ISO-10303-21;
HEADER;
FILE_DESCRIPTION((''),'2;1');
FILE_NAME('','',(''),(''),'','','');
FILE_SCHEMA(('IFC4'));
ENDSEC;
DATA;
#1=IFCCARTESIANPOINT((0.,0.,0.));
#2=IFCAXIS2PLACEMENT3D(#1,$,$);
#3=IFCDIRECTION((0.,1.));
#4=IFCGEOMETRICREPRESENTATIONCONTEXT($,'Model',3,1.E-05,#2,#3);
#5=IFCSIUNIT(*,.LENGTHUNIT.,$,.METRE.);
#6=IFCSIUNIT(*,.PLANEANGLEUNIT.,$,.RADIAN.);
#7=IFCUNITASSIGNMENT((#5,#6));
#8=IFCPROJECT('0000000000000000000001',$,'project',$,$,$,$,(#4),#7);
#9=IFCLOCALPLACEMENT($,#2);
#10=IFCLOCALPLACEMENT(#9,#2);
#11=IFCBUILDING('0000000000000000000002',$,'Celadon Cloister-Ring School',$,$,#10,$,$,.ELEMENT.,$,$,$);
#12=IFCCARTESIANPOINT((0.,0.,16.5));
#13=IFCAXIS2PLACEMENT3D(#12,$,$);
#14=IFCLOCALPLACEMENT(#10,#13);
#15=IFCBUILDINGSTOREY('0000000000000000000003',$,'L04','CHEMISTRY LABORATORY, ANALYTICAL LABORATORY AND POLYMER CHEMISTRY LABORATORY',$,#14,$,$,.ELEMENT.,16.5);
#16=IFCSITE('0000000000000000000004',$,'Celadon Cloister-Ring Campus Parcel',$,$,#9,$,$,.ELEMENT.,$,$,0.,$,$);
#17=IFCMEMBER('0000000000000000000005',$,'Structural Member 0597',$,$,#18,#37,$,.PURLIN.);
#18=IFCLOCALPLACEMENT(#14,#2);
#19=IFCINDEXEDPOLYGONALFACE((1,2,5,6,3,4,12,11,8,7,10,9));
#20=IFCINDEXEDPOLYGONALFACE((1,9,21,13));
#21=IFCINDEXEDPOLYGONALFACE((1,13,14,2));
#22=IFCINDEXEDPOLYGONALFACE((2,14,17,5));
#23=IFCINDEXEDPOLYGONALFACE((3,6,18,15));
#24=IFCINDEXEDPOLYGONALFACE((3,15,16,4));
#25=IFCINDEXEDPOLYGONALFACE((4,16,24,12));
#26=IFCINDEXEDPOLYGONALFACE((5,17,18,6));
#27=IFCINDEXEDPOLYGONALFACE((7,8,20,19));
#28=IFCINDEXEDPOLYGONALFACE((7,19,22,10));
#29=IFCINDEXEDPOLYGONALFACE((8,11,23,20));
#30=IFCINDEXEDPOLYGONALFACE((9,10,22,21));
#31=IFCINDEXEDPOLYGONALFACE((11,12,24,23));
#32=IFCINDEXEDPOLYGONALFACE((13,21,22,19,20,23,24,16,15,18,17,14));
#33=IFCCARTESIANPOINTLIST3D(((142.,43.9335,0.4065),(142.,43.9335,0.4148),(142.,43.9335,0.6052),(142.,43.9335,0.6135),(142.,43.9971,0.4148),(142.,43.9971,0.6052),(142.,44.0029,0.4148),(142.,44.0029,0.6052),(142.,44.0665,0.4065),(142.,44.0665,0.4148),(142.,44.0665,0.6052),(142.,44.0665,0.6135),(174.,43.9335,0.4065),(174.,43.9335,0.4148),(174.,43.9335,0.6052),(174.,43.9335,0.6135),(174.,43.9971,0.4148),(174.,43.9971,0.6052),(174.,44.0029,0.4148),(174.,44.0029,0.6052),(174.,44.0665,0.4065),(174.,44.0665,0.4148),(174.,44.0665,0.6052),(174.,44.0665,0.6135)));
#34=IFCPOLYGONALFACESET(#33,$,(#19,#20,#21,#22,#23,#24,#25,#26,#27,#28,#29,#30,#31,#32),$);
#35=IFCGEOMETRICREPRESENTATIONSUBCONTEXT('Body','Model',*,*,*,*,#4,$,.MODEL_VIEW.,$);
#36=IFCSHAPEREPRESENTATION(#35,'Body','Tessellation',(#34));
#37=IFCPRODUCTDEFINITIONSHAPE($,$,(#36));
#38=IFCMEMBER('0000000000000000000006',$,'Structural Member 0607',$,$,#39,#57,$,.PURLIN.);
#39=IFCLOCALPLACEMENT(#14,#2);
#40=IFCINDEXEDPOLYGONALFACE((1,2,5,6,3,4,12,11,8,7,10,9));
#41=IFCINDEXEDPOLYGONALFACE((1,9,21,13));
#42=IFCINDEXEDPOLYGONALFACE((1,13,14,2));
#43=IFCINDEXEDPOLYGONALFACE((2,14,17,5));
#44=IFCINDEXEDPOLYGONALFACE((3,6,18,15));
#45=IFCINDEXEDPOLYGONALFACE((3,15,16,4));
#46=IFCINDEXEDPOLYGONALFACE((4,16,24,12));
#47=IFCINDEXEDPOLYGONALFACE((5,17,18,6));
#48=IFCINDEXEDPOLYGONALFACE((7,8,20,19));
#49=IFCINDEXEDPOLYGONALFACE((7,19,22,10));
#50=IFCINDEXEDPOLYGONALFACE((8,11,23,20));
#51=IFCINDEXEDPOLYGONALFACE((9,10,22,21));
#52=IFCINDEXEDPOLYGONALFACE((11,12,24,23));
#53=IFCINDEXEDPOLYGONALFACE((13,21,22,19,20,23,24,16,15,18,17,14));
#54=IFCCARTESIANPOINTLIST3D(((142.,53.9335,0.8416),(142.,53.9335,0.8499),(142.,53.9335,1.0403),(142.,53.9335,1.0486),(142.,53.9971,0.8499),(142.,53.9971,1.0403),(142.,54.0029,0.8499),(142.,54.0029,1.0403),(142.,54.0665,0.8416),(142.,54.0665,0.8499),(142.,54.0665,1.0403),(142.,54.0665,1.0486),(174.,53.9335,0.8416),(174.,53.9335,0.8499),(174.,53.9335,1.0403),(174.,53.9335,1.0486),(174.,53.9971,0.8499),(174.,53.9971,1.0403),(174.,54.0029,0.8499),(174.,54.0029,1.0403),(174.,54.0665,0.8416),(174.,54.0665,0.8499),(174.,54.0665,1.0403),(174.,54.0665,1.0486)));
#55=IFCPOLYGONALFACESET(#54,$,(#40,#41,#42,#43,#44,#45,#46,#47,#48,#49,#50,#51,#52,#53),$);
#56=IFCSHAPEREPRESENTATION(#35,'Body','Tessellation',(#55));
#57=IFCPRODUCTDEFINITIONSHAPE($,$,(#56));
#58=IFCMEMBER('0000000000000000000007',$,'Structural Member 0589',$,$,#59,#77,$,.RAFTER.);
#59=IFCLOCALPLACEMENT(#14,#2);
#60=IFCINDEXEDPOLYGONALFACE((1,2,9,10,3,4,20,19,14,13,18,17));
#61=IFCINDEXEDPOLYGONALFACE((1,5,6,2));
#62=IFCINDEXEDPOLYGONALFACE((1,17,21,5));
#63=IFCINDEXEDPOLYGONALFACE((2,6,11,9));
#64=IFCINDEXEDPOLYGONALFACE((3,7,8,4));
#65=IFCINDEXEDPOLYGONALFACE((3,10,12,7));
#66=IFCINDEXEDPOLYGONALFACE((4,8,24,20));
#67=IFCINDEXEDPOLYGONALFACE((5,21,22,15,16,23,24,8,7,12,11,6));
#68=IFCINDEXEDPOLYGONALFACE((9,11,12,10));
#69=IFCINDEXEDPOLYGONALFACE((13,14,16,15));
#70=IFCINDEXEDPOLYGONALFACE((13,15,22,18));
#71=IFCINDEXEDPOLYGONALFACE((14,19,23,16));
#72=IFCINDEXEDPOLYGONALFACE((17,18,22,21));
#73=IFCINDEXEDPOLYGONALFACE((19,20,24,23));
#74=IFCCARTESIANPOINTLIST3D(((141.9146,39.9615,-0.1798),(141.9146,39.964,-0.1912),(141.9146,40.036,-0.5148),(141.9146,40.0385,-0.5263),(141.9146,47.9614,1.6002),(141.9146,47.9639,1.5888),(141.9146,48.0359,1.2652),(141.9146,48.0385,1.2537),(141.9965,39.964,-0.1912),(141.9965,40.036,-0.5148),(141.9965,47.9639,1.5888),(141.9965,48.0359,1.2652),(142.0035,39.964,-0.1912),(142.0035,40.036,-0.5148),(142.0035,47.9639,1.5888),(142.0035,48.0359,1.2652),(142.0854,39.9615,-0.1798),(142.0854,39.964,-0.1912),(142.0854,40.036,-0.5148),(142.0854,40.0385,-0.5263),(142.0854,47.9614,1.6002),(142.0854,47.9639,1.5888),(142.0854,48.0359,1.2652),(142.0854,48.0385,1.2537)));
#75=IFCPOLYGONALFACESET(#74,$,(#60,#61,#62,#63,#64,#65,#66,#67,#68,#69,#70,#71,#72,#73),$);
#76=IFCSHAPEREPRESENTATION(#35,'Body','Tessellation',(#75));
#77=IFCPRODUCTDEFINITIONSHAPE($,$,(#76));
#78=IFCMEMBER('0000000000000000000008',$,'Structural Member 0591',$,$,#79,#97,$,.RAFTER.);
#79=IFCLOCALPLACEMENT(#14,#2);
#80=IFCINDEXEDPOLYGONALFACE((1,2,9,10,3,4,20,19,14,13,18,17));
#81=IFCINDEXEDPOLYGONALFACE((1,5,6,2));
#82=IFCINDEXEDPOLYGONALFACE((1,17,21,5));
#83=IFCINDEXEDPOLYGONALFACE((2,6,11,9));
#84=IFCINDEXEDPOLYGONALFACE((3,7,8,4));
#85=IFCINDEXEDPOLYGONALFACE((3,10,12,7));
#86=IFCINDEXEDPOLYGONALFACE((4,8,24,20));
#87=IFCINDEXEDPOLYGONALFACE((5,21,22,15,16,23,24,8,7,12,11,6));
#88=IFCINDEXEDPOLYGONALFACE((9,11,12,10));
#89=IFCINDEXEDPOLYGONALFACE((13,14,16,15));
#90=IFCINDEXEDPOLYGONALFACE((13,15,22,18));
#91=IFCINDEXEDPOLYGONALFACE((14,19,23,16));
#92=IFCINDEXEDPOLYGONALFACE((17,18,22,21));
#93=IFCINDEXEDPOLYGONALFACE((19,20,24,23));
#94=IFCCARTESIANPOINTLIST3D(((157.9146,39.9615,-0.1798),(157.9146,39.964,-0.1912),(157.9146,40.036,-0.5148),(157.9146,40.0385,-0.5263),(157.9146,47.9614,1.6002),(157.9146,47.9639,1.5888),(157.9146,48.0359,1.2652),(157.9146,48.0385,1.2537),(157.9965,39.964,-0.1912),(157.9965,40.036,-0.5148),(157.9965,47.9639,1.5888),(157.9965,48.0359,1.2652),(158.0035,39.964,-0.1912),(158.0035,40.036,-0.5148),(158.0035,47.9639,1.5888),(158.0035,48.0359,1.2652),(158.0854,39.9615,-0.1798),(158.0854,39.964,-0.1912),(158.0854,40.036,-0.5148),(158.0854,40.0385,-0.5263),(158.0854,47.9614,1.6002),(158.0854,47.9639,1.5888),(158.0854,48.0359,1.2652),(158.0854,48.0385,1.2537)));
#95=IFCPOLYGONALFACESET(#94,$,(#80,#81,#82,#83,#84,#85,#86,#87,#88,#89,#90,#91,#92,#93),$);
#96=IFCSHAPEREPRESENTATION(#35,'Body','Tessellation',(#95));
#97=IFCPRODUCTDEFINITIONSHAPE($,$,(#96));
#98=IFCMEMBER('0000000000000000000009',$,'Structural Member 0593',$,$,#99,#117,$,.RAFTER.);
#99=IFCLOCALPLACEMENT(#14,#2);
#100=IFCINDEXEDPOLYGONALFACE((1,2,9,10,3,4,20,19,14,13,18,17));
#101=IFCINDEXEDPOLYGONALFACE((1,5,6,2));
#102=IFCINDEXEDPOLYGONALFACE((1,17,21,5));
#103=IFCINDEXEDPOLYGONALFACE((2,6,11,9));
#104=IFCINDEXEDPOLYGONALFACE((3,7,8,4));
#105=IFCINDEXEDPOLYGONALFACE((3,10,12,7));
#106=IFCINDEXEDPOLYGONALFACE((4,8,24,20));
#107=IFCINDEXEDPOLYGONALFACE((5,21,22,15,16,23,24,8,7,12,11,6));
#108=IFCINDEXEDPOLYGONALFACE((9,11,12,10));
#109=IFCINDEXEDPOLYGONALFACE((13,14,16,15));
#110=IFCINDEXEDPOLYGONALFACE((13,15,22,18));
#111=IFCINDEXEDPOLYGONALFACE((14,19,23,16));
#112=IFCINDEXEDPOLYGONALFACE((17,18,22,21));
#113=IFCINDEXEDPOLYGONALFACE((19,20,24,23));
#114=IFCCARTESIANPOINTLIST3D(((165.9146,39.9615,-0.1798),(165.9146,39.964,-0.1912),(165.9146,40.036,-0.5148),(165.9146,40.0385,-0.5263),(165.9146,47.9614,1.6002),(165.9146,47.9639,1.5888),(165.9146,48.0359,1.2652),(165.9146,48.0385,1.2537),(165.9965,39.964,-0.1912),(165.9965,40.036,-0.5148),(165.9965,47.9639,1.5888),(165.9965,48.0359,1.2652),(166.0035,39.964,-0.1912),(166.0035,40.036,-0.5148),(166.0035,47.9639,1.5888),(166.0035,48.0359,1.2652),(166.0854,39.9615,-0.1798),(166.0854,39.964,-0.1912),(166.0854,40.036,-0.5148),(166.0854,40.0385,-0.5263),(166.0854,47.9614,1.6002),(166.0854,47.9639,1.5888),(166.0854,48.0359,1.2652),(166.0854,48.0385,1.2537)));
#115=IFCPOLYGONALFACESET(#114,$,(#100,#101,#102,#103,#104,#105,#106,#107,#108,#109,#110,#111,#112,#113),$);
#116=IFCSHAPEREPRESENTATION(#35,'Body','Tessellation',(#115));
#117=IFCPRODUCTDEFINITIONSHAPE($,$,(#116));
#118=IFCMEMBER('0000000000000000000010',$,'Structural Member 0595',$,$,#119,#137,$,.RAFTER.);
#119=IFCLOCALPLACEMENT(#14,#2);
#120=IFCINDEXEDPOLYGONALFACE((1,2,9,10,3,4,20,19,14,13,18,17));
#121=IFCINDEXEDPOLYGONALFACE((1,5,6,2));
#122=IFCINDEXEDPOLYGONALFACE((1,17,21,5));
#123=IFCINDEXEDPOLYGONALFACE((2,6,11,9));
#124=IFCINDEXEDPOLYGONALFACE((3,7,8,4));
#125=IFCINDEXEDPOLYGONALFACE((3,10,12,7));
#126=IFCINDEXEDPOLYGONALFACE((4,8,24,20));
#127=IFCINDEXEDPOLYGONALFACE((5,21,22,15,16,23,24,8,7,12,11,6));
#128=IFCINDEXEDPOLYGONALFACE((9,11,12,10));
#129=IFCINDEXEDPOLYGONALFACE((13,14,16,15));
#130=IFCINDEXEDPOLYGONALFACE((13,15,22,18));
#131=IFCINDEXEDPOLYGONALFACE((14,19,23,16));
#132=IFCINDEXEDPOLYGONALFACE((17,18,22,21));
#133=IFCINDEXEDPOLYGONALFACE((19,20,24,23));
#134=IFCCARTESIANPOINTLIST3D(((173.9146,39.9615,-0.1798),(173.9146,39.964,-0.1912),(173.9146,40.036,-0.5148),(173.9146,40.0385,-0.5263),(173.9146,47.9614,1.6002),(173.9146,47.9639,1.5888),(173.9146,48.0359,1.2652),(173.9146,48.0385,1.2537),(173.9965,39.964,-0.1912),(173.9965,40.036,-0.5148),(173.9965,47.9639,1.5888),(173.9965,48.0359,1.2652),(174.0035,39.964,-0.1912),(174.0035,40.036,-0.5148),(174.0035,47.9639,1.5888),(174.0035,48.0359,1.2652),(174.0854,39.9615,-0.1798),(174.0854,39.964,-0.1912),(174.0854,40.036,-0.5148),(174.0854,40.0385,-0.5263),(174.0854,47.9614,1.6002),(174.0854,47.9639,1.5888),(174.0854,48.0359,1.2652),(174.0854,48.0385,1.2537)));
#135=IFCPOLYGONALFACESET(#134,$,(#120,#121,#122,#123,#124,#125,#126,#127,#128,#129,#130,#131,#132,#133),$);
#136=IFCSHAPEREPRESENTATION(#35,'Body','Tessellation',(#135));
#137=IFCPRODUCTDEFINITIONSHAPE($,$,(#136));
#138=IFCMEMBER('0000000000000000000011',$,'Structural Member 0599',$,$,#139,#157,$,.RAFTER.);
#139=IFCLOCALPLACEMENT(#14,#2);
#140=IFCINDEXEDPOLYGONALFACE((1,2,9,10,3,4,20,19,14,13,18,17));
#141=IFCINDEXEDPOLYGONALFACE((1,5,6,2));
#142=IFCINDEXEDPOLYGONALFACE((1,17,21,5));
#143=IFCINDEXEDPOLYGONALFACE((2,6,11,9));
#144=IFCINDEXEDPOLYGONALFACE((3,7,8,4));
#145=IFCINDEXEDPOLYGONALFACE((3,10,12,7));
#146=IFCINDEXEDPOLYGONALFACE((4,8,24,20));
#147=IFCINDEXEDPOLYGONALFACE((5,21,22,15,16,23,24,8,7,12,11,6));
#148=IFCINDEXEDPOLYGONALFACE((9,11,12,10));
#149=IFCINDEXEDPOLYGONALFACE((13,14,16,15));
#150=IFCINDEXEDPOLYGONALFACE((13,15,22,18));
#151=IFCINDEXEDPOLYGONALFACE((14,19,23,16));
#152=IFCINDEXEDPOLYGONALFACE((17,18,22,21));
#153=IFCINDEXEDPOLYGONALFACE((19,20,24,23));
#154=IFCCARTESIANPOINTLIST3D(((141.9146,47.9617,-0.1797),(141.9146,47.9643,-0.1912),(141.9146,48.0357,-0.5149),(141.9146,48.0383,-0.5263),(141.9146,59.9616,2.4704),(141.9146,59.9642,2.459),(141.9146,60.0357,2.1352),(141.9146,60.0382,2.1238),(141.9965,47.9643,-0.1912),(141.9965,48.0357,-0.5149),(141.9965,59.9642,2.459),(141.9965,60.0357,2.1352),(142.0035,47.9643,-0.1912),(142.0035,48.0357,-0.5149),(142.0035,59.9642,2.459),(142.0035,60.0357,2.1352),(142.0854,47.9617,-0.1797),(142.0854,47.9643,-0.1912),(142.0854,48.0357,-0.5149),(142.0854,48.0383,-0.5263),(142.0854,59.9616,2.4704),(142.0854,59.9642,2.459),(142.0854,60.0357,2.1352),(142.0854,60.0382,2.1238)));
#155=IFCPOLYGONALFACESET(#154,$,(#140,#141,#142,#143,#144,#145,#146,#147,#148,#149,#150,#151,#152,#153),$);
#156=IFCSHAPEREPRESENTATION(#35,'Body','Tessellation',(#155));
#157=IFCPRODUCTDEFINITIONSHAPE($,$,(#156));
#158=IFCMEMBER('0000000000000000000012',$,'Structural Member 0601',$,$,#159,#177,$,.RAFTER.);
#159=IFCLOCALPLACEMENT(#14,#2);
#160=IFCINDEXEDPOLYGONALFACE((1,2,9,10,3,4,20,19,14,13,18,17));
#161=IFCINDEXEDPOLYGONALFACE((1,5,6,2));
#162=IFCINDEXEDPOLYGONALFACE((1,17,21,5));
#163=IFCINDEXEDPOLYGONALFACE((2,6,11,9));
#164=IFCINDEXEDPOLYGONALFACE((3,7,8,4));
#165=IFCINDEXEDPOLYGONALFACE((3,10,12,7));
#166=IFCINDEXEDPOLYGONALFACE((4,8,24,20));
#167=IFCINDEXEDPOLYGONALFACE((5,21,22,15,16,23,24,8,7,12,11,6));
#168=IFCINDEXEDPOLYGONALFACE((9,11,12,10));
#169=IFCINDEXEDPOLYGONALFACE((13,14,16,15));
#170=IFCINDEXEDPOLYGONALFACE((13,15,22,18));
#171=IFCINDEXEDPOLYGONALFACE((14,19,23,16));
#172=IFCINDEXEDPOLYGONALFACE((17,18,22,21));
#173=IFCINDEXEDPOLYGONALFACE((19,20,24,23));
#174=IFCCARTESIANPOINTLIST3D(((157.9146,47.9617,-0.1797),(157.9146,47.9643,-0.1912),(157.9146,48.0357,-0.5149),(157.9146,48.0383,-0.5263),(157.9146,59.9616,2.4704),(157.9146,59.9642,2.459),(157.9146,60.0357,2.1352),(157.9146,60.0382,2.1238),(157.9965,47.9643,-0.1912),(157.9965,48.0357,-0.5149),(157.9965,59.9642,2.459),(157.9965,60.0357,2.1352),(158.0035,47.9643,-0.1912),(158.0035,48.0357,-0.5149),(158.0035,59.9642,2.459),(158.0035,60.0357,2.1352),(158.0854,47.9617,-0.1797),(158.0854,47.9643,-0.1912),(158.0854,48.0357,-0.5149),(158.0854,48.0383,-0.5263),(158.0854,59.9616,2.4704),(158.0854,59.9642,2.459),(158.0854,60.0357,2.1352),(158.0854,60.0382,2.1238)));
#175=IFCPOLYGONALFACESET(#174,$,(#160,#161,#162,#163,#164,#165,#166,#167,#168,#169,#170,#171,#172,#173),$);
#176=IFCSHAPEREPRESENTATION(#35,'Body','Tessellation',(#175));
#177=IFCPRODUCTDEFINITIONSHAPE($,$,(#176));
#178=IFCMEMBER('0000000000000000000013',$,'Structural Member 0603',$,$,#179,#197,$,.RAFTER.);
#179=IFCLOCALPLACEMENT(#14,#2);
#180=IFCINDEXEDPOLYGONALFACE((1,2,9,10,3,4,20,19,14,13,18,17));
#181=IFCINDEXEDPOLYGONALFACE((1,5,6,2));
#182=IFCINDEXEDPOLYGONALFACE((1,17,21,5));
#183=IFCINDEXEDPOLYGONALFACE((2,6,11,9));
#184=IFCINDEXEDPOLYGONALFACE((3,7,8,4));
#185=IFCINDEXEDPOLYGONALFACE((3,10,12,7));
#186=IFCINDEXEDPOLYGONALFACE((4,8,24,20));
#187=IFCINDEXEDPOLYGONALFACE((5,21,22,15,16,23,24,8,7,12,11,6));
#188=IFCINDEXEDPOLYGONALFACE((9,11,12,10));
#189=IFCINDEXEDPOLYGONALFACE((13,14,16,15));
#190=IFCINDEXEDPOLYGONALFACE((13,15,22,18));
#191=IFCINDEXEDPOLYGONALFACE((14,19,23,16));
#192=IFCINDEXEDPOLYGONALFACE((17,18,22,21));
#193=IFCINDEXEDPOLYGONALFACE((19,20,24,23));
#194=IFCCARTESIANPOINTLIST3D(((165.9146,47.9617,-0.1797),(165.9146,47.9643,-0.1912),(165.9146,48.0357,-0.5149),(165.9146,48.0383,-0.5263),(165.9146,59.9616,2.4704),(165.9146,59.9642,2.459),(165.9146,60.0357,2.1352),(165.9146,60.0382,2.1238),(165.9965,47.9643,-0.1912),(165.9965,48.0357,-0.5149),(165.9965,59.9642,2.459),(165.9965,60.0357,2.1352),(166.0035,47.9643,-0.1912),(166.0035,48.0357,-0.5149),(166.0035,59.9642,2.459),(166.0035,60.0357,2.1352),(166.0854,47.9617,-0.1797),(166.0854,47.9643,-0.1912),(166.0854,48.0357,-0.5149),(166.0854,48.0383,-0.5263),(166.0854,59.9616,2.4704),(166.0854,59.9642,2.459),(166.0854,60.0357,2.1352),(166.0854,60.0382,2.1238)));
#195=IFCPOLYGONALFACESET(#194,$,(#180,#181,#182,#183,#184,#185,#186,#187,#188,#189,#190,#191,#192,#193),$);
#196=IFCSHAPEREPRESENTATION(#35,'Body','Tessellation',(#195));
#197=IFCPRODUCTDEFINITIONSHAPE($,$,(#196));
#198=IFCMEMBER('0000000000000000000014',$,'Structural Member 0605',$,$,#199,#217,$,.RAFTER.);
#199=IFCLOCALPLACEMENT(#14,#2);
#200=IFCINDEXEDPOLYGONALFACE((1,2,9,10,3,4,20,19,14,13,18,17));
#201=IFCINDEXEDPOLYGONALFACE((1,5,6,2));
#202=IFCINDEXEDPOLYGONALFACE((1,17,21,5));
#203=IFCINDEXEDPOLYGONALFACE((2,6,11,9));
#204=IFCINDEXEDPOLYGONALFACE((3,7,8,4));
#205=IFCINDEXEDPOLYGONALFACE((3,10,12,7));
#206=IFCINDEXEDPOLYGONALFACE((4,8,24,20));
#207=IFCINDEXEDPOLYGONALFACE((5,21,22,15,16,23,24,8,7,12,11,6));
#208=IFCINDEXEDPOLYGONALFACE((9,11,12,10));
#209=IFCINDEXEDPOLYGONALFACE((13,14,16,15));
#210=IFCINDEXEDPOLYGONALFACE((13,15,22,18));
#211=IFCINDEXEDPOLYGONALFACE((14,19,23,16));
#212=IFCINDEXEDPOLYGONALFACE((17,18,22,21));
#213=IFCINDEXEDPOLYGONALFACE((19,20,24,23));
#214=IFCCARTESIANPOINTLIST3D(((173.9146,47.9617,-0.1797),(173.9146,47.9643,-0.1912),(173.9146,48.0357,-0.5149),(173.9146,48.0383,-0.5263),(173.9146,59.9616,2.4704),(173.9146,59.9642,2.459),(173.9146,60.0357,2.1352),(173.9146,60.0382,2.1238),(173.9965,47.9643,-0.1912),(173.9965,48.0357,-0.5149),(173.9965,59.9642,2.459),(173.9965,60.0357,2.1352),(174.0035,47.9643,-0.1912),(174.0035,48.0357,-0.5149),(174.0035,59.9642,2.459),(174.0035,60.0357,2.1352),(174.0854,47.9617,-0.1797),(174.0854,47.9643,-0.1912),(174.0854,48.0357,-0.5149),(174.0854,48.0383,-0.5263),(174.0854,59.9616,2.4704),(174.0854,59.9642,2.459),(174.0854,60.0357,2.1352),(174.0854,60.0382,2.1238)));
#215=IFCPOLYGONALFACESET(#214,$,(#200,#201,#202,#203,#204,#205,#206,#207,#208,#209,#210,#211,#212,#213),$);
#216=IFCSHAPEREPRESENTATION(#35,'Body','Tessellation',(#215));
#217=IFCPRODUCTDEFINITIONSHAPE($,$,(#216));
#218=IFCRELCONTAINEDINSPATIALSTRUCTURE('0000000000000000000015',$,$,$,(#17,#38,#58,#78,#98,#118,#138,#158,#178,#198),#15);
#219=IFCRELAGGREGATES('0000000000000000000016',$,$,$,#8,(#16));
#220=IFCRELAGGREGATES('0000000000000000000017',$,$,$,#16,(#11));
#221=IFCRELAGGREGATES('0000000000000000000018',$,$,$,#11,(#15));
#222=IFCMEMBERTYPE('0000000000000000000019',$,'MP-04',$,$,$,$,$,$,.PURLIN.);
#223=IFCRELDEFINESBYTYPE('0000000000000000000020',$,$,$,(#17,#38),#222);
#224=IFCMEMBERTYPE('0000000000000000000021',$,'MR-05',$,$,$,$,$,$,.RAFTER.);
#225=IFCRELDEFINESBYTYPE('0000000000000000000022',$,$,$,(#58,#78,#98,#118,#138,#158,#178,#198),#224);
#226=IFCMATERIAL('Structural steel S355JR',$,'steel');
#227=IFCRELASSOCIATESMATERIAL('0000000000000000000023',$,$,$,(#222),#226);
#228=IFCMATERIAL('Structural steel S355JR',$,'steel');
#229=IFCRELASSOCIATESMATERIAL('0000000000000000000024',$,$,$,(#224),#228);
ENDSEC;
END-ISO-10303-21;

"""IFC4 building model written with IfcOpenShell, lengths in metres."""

from ifc_helpers import new_model, si_unit, direction, frame, origin, origin_2d, place, context, subcontext, project, spatial, i_section, extrude, material, material_profile, profile_set, type_object, element, save


model = new_model("IFC4")

# Units and contexts
model_context = context("Model", 3, precision=1e-05, world=origin(), true_north=direction((0.0, 1.0)))
body_context = subcontext(model_context, "Body", "Model", "MODEL_VIEW")
ifc_project = project(units=[si_unit("LENGTHUNIT", "METRE"), si_unit("PLANEANGLEUNIT", "RADIAN")], contexts=[model_context])

# Site, building, storey
site_placement = place(None, origin())
site = spatial("IfcSite", under=ifc_project, at=site_placement, Name="Celadon Cloister-Ring Campus Parcel", CompositionType="ELEMENT", RefElevation=0.0)
building_placement = place(site_placement, origin())
building = spatial("IfcBuilding", under=site, at=building_placement, Name="Celadon Cloister-Ring School", CompositionType="ELEMENT")
storey_placement = place(building_placement, frame((0.0, 0.0, 16.5)))
storey = spatial("IfcBuildingStorey", under=building, at=storey_placement, Name="L04", Description="CHEMISTRY LABORATORY, ANALYTICAL LABORATORY AND POLYMER CHEMISTRY LABORATORY", CompositionType="ELEMENT", Elevation=16.5)

# Members
ifc_material_1 = material(Name="Structural steel S355JR", Category="steel")
ifc_material_profile_1 = material_profile(ifc_material_1, i_section(OverallWidth=0.1331, OverallDepth=0.207, WebThickness=0.0059, FlangeThickness=0.0083, at=origin_2d()), Name="W200X27")
ifc_profile_set_1 = profile_set([ifc_material_profile_1], Name="Structural steel S355JR")
member_type_1 = type_object("IfcMemberType", Name="MP-04", PredefinedType="PURLIN", material=ifc_profile_set_1)
for number, where, z_axis, x_axis, name in (
    (1, (142.0, 44.0, 0.51), (1.0, 0.0, 0.0), (0.0, 1.0, 0.0), "Structural Member 0597"),
    (2, (142.0, 54.0, 0.9451), (1.0, 0.0, 0.0), (0.0, 1.0, 0.0), "Structural Member 0607"),
):
    element("IfcMember", number, at=place(storey_placement, frame(where, z_axis=z_axis, x_axis=x_axis)), inside=storey, type_object=member_type_1, Name=name, PredefinedType="PURLIN", context=body_context, shape_type="SweptSolid", body=[
        extrude(i_section(OverallWidth=0.1331, OverallDepth=0.207, WebThickness=0.0059, FlangeThickness=0.0083, at=origin_2d()), origin(), (0.0, 0.0, 1.0), 32.0),
    ])
ifc_material_2 = material(Name="Structural steel S355JR", Category="steel")
ifc_material_profile_2 = material_profile(ifc_material_2, i_section(OverallWidth=0.1709, OverallDepth=0.355, WebThickness=0.0071, FlangeThickness=0.0117, at=origin_2d()), Name="W360X51")
ifc_profile_set_2 = profile_set([ifc_material_profile_2], Name="Structural steel S355JR")
member_type_2 = type_object("IfcMemberType", Name="MR-05", PredefinedType="RAFTER", material=ifc_profile_set_2)
for number, where, z_axis, x_axis, name in (
    (3, (142.0, 40.0, -0.353), (0.0, 0.976129, 0.217192), (-1.0, 0.0, 0.0), "Structural Member 0589"),
    (4, (158.0, 40.0, -0.353), (0.0, 0.976129, 0.217192), (-1.0, 0.0, 0.0), "Structural Member 0591"),
    (5, (166.0, 40.0, -0.353), (0.0, 0.976129, 0.217192), (-1.0, 0.0, 0.0), "Structural Member 0593"),
    (6, (174.0, 40.0, -0.353), (0.0, 0.976129, 0.217192), (-1.0, 0.0, 0.0), "Structural Member 0595"),
):
    element("IfcMember", number, at=place(storey_placement, frame(where, z_axis=z_axis, x_axis=x_axis)), inside=storey, type_object=member_type_2, Name=name, PredefinedType="RAFTER", context=body_context, shape_type="SweptSolid", body=[
        extrude(i_section(OverallWidth=0.1709, OverallDepth=0.355, WebThickness=0.0071, FlangeThickness=0.0117, at=origin_2d()), origin(), (0.0, 0.0, 1.0), 8.1956),
    ])
for number, where, z_axis, x_axis, name in (
    (7, (142.0, 48.0, -0.353), (0.0, 0.976471, 0.215649), (-1.0, 0.0, 0.0), "Structural Member 0599"),
    (8, (158.0, 48.0, -0.353), (0.0, 0.976471, 0.215649), (-1.0, 0.0, 0.0), "Structural Member 0601"),
    (9, (166.0, 48.0, -0.353), (0.0, 0.976471, 0.215649), (-1.0, 0.0, 0.0), "Structural Member 0603"),
    (10, (174.0, 48.0, -0.353), (0.0, 0.976471, 0.215649), (-1.0, 0.0, 0.0), "Structural Member 0605"),
):
    element("IfcMember", number, at=place(storey_placement, frame(where, z_axis=z_axis, x_axis=x_axis)), inside=storey, type_object=member_type_2, Name=name, PredefinedType="RAFTER", context=body_context, shape_type="SweptSolid", body=[
        extrude(i_section(OverallWidth=0.1709, OverallDepth=0.355, WebThickness=0.0071, FlangeThickness=0.0117, at=origin_2d()), origin(), (0.0, 0.0, 1.0), 12.2891),
    ])

save(model, "model.ifc")
